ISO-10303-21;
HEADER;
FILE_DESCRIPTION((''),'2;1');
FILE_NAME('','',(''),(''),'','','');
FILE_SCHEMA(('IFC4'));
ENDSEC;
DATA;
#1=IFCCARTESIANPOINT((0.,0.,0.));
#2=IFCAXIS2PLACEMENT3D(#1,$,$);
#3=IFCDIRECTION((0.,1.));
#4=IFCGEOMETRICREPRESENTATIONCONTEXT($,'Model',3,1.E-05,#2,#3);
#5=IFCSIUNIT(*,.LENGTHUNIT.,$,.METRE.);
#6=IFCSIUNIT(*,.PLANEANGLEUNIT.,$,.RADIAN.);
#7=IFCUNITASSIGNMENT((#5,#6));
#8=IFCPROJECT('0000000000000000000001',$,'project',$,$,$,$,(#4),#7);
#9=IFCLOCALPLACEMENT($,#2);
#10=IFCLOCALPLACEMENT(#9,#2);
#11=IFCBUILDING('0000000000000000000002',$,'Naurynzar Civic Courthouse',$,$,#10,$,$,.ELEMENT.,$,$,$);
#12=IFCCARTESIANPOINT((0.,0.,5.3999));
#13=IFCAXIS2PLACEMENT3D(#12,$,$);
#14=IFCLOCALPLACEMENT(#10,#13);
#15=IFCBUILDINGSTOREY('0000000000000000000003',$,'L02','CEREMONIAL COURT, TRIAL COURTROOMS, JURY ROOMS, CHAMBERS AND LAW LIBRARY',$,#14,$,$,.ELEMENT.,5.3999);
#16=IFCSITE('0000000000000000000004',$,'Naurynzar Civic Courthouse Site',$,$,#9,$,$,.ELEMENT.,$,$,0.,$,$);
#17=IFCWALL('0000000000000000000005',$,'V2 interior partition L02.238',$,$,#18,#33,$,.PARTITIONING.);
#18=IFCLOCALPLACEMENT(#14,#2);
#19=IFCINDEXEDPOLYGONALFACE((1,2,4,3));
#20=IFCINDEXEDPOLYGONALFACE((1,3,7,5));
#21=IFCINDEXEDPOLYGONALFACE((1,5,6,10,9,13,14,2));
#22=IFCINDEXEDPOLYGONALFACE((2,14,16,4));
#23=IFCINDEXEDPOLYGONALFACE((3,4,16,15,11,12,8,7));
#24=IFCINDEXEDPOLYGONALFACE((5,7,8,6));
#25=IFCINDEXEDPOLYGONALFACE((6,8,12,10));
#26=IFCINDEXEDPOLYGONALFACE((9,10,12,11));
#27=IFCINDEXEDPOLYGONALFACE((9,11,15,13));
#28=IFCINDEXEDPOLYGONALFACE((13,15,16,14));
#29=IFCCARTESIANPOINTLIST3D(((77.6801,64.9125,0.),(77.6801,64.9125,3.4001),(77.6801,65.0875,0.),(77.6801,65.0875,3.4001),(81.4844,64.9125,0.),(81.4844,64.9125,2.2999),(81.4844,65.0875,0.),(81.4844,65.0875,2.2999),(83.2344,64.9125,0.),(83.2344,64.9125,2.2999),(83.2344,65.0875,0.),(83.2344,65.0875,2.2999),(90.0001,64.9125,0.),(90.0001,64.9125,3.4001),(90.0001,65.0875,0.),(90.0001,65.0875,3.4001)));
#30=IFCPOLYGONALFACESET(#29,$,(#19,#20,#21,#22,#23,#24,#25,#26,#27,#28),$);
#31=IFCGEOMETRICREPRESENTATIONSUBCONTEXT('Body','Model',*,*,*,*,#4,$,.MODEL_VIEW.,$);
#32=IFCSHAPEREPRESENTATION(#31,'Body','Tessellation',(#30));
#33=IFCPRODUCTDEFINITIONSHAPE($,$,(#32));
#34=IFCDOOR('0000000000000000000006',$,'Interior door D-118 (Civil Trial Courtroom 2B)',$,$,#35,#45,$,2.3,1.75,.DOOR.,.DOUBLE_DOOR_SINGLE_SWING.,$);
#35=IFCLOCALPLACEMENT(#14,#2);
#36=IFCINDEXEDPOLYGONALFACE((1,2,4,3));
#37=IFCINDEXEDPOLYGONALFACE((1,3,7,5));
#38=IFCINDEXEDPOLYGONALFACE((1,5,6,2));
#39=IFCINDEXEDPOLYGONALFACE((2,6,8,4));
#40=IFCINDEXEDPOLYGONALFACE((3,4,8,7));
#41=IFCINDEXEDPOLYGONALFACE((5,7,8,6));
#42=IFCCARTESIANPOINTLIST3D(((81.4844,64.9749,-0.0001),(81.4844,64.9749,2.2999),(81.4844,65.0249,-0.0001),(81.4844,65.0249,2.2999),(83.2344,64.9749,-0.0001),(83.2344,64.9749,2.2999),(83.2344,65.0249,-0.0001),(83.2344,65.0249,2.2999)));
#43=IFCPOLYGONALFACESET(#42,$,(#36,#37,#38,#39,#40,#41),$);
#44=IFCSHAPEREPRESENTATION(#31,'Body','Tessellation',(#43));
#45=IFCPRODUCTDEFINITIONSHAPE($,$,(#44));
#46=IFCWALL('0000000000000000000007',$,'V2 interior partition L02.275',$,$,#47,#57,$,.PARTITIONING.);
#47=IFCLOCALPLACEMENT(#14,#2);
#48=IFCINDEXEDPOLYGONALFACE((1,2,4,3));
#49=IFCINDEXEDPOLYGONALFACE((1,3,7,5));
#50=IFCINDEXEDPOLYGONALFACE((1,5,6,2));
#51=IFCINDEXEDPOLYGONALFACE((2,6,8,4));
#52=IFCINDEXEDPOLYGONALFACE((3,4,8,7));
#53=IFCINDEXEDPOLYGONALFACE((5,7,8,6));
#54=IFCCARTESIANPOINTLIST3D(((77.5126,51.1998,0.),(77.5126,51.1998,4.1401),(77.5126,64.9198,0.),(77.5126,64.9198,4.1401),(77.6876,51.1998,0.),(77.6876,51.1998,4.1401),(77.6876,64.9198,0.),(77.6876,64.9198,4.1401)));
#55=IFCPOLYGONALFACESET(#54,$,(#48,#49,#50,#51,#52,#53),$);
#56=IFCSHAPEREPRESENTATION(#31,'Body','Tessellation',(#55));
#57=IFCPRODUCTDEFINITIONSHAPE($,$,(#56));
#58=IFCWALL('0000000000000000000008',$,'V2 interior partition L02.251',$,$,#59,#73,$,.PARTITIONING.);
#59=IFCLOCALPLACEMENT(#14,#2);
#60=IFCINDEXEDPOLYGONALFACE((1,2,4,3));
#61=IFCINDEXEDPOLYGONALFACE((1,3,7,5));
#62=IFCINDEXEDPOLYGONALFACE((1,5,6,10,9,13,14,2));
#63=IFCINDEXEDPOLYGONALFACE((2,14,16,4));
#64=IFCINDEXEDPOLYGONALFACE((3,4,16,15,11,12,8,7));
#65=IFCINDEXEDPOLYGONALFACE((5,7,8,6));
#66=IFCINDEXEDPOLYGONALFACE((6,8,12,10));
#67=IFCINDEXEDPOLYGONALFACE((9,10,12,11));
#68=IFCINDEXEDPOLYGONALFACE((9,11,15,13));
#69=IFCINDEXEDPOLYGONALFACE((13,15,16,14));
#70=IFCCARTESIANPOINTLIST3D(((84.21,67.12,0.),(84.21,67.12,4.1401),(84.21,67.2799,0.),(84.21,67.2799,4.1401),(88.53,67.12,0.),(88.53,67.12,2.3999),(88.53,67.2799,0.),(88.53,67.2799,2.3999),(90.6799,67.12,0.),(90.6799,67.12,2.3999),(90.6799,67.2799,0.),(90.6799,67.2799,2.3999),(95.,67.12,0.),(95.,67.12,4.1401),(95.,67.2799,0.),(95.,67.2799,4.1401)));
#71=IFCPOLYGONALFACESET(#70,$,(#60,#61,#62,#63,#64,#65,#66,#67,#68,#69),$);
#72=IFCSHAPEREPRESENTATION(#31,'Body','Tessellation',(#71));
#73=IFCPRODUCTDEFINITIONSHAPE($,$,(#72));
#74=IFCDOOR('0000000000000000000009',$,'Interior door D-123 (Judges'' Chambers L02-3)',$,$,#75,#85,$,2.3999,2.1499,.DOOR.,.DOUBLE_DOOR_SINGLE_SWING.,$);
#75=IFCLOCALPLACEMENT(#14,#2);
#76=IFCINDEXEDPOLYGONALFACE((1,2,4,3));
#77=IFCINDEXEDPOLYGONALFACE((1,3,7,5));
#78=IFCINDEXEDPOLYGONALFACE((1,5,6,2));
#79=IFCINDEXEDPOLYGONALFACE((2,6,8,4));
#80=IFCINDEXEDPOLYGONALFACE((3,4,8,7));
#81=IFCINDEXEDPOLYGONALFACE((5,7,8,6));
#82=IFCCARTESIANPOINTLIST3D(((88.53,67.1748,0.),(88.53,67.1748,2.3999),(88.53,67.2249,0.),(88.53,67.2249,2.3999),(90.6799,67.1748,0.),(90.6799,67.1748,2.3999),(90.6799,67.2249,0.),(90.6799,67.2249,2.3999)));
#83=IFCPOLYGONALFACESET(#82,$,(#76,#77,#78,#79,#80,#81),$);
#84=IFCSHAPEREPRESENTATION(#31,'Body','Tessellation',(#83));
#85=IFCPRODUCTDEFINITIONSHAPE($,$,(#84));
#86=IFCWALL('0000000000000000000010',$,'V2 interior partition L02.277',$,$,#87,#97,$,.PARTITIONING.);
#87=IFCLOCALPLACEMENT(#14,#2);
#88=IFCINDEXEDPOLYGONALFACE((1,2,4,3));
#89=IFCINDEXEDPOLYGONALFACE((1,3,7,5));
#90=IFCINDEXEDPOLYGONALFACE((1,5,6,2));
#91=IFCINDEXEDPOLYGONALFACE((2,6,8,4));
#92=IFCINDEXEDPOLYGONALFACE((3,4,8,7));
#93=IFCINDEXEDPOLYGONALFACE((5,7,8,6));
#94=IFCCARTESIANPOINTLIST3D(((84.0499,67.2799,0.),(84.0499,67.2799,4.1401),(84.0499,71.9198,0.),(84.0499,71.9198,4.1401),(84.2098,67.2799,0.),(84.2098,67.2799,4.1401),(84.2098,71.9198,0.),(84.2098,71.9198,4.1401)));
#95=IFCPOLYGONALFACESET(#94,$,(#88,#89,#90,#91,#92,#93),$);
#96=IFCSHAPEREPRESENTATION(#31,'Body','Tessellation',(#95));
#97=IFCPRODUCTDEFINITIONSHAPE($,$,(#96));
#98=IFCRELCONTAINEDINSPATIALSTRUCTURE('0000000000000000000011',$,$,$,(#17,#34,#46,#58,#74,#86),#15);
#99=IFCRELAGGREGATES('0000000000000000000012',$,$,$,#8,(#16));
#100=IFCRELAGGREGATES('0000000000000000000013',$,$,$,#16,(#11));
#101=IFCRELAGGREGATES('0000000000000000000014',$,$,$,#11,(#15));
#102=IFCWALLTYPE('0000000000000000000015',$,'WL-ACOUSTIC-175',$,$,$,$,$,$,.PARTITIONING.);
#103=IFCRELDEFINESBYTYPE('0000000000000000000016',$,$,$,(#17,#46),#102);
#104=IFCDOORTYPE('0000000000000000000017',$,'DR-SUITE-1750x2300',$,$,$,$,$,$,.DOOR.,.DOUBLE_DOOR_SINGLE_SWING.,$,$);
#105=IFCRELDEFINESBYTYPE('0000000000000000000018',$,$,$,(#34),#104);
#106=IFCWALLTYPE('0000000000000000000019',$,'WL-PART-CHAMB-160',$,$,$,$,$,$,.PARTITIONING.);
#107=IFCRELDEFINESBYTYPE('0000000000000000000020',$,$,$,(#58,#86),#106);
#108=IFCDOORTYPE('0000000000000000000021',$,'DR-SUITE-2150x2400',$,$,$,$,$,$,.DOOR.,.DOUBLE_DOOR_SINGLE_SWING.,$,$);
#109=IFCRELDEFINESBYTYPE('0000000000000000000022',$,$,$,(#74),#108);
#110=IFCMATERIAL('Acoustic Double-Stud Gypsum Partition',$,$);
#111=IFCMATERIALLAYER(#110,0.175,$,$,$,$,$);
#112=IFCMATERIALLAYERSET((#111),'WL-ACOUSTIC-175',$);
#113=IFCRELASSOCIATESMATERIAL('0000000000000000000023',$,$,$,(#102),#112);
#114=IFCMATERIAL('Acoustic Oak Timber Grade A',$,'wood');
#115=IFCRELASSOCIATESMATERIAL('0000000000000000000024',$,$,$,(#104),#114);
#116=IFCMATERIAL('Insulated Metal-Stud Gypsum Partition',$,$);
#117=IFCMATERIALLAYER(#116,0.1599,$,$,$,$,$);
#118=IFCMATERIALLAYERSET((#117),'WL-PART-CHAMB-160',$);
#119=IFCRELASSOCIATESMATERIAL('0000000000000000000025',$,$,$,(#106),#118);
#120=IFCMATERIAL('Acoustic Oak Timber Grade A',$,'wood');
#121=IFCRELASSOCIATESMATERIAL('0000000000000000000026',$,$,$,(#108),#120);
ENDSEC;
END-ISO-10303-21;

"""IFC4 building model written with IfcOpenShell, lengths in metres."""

from ifc_helpers import new_model, si_unit, direction, frame, frame_2d, origin, place, context, subcontext, project, spatial, rectangle, extrude, material, layer, layer_set, type_object, element, fill, save


model = new_model("IFC4")

# Units and contexts
model_context = context("Model", 3, precision=1e-05, world=origin(), true_north=direction((0.0, 1.0)))
body_context = subcontext(model_context, "Body", "Model", "MODEL_VIEW")
ifc_project = project(units=[si_unit("LENGTHUNIT", "METRE"), si_unit("PLANEANGLEUNIT", "RADIAN")], contexts=[model_context])

# Site, building, storey
site_placement = place(None, origin())
site = spatial("IfcSite", under=ifc_project, at=site_placement, Name="Naurynzar Civic Courthouse Site", CompositionType="ELEMENT", RefElevation=0.0)
building_placement = place(site_placement, origin())
building = spatial("IfcBuilding", under=site, at=building_placement, Name="Naurynzar Civic Courthouse", CompositionType="ELEMENT")
storey_placement = place(building_placement, frame((0.0, 0.0, 5.3999)))
storey = spatial("IfcBuildingStorey", under=building, at=storey_placement, Name="L02", Description="CEREMONIAL COURT, TRIAL COURTROOMS, JURY ROOMS, CHAMBERS AND LAW LIBRARY", CompositionType="ELEMENT", Elevation=5.3999)

# Shared definitions
ifc_material_1 = material(Name="Acoustic Double-Stud Gypsum Partition")
ifc_layer_1 = layer(ifc_material_1, 0.175)
ifc_layer_set_1 = layer_set([ifc_layer_1], Name="WL-ACOUSTIC-175")
wall_type_1 = type_object("IfcWallType", Name="WL-ACOUSTIC-175", PredefinedType="PARTITIONING", material=ifc_layer_set_1)

# Wall, opening, door
wall_1_placement = place(storey_placement, frame((77.6799, 65.0, 0.0), z_axis=(0.0, 0.0, 1.0), x_axis=(1.0, 0.0, 0.0)))
wall_1 = element("IfcWall", 1, at=wall_1_placement, inside=storey, type_object=wall_type_1, Name="V2 interior partition L02.238", PredefinedType="PARTITIONING", context=body_context, shape_type="SweptSolid", body=[
    extrude(rectangle(XDim=12.3201, YDim=0.175, at=frame_2d((6.1602, 0.0))), origin(), (0.0, 0.0, 1.0), 3.4001),
])
opening_1_placement = place(wall_1_placement, frame((3.8044, 0.0, 0.0)))
opening_1 = element("IfcOpeningElement", 2, at=opening_1_placement, cuts=wall_1, PredefinedType="OPENING", context=body_context, shape_type="SweptSolid", body=[
    extrude(rectangle(XDim=1.75, YDim=2.3, at=frame_2d((0.875, 1.1499))), frame((0.0, 0.0974, 0.0), z_axis=(0.0, -1.0, 0.0), x_axis=(1.0, 0.0, 0.0)), (0.0, 0.0, 1.0), 0.1951),
])
ifc_material_2 = material(Name="Acoustic Oak Timber Grade A", Category="wood")
door_type_1 = type_object("IfcDoorType", Name="DR-SUITE-1750x2300", OperationType="DOUBLE_DOOR_SINGLE_SWING", PredefinedType="DOOR", material=ifc_material_2)
door_1_placement = place(opening_1_placement, origin())
door_1 = element("IfcDoor", 3, at=door_1_placement, inside=storey, type_object=door_type_1, Name="Interior door D-118 (Civil Trial Courtroom 2B)", OperationType="DOUBLE_DOOR_SINGLE_SWING", OverallHeight=2.3, OverallWidth=1.75, PredefinedType="DOOR", context=body_context, shape_type="SweptSolid", body=[
    extrude(rectangle(XDim=1.75, YDim=2.3, at=frame_2d((0.875, 1.1499))), frame((0.0, 0.0249, 0.0), z_axis=(0.0, -1.0, 0.0), x_axis=(1.0, 0.0, 0.0)), (0.0, 0.0, 1.0), 0.05),
])
fill(opening_1, door_1)

# Wall
wall_2_placement = place(storey_placement, frame((77.6001, 51.2, 0.0), z_axis=(0.0, 0.0, 1.0), x_axis=(0.0, 1.0, 0.0)))
element("IfcWall", 4, at=wall_2_placement, inside=storey, type_object=wall_type_1, Name="V2 interior partition L02.275", PredefinedType="PARTITIONING", context=body_context, shape_type="SweptSolid", body=[
    extrude(rectangle(XDim=13.72, YDim=0.175, at=frame_2d((6.8599, 0.0))), origin(), (0.0, 0.0, 1.0), 4.1401),
])

# Wall, opening, door
ifc_material_3 = material(Name="Insulated Metal-Stud Gypsum Partition")
ifc_layer_2 = layer(ifc_material_3, 0.1599)
ifc_layer_set_2 = layer_set([ifc_layer_2], Name="WL-PART-CHAMB-160")
wall_type_2 = type_object("IfcWallType", Name="WL-PART-CHAMB-160", PredefinedType="PARTITIONING", material=ifc_layer_set_2)
wall_3_placement = place(storey_placement, frame((84.21, 67.2, 0.0), z_axis=(0.0, 0.0, 1.0), x_axis=(1.0, 0.0, 0.0)))
wall_3 = element("IfcWall", 5, at=wall_3_placement, inside=storey, type_object=wall_type_2, Name="V2 interior partition L02.251", PredefinedType="PARTITIONING", context=body_context, shape_type="SweptSolid", body=[
    extrude(rectangle(XDim=10.79, YDim=0.1599, at=frame_2d((5.395, 0.0))), origin(), (0.0, 0.0, 1.0), 4.1401),
])
opening_2_placement = place(wall_3_placement, frame((4.3201, 0.0, 0.0)))
opening_2 = element("IfcOpeningElement", 6, at=opening_2_placement, cuts=wall_3, PredefinedType="OPENING", context=body_context, shape_type="SweptSolid", body=[
    extrude(rectangle(XDim=2.1499, YDim=2.3999, at=frame_2d((1.075, 1.2))), frame((0.0, 0.0898, 0.0), z_axis=(0.0, -1.0, 0.0), x_axis=(1.0, 0.0, 0.0)), (0.0, 0.0, 1.0), 0.1799),
])
ifc_material_4 = material(Name="Acoustic Oak Timber Grade A", Category="wood")
door_type_2 = type_object("IfcDoorType", Name="DR-SUITE-2150x2400", OperationType="DOUBLE_DOOR_SINGLE_SWING", PredefinedType="DOOR", material=ifc_material_4)
door_2_placement = place(opening_2_placement, origin())
door_2 = element("IfcDoor", 7, at=door_2_placement, inside=storey, type_object=door_type_2, Name="Interior door D-123 (Judges' Chambers L02-3)", OperationType="DOUBLE_DOOR_SINGLE_SWING", OverallHeight=2.3999, OverallWidth=2.1499, PredefinedType="DOOR", context=body_context, shape_type="SweptSolid", body=[
    extrude(rectangle(XDim=2.1499, YDim=2.3999, at=frame_2d((1.075, 1.2))), frame((0.0, 0.0249, 0.0), z_axis=(0.0, -1.0, 0.0), x_axis=(1.0, 0.0, 0.0)), (0.0, 0.0, 1.0), 0.05),
])
fill(opening_2, door_2)

# Wall
wall_4_placement = place(storey_placement, frame((84.1299, 67.28, 0.0), z_axis=(0.0, 0.0, 1.0), x_axis=(0.0, 1.0, 0.0)))
element("IfcWall", 8, at=wall_4_placement, inside=storey, type_object=wall_type_2, Name="V2 interior partition L02.277", PredefinedType="PARTITIONING", context=body_context, shape_type="SweptSolid", body=[
    extrude(rectangle(XDim=4.6399, YDim=0.1599, at=frame_2d((2.3198, 0.0))), origin(), (0.0, 0.0, 1.0), 4.1401),
])

save(model, "model.ifc")
